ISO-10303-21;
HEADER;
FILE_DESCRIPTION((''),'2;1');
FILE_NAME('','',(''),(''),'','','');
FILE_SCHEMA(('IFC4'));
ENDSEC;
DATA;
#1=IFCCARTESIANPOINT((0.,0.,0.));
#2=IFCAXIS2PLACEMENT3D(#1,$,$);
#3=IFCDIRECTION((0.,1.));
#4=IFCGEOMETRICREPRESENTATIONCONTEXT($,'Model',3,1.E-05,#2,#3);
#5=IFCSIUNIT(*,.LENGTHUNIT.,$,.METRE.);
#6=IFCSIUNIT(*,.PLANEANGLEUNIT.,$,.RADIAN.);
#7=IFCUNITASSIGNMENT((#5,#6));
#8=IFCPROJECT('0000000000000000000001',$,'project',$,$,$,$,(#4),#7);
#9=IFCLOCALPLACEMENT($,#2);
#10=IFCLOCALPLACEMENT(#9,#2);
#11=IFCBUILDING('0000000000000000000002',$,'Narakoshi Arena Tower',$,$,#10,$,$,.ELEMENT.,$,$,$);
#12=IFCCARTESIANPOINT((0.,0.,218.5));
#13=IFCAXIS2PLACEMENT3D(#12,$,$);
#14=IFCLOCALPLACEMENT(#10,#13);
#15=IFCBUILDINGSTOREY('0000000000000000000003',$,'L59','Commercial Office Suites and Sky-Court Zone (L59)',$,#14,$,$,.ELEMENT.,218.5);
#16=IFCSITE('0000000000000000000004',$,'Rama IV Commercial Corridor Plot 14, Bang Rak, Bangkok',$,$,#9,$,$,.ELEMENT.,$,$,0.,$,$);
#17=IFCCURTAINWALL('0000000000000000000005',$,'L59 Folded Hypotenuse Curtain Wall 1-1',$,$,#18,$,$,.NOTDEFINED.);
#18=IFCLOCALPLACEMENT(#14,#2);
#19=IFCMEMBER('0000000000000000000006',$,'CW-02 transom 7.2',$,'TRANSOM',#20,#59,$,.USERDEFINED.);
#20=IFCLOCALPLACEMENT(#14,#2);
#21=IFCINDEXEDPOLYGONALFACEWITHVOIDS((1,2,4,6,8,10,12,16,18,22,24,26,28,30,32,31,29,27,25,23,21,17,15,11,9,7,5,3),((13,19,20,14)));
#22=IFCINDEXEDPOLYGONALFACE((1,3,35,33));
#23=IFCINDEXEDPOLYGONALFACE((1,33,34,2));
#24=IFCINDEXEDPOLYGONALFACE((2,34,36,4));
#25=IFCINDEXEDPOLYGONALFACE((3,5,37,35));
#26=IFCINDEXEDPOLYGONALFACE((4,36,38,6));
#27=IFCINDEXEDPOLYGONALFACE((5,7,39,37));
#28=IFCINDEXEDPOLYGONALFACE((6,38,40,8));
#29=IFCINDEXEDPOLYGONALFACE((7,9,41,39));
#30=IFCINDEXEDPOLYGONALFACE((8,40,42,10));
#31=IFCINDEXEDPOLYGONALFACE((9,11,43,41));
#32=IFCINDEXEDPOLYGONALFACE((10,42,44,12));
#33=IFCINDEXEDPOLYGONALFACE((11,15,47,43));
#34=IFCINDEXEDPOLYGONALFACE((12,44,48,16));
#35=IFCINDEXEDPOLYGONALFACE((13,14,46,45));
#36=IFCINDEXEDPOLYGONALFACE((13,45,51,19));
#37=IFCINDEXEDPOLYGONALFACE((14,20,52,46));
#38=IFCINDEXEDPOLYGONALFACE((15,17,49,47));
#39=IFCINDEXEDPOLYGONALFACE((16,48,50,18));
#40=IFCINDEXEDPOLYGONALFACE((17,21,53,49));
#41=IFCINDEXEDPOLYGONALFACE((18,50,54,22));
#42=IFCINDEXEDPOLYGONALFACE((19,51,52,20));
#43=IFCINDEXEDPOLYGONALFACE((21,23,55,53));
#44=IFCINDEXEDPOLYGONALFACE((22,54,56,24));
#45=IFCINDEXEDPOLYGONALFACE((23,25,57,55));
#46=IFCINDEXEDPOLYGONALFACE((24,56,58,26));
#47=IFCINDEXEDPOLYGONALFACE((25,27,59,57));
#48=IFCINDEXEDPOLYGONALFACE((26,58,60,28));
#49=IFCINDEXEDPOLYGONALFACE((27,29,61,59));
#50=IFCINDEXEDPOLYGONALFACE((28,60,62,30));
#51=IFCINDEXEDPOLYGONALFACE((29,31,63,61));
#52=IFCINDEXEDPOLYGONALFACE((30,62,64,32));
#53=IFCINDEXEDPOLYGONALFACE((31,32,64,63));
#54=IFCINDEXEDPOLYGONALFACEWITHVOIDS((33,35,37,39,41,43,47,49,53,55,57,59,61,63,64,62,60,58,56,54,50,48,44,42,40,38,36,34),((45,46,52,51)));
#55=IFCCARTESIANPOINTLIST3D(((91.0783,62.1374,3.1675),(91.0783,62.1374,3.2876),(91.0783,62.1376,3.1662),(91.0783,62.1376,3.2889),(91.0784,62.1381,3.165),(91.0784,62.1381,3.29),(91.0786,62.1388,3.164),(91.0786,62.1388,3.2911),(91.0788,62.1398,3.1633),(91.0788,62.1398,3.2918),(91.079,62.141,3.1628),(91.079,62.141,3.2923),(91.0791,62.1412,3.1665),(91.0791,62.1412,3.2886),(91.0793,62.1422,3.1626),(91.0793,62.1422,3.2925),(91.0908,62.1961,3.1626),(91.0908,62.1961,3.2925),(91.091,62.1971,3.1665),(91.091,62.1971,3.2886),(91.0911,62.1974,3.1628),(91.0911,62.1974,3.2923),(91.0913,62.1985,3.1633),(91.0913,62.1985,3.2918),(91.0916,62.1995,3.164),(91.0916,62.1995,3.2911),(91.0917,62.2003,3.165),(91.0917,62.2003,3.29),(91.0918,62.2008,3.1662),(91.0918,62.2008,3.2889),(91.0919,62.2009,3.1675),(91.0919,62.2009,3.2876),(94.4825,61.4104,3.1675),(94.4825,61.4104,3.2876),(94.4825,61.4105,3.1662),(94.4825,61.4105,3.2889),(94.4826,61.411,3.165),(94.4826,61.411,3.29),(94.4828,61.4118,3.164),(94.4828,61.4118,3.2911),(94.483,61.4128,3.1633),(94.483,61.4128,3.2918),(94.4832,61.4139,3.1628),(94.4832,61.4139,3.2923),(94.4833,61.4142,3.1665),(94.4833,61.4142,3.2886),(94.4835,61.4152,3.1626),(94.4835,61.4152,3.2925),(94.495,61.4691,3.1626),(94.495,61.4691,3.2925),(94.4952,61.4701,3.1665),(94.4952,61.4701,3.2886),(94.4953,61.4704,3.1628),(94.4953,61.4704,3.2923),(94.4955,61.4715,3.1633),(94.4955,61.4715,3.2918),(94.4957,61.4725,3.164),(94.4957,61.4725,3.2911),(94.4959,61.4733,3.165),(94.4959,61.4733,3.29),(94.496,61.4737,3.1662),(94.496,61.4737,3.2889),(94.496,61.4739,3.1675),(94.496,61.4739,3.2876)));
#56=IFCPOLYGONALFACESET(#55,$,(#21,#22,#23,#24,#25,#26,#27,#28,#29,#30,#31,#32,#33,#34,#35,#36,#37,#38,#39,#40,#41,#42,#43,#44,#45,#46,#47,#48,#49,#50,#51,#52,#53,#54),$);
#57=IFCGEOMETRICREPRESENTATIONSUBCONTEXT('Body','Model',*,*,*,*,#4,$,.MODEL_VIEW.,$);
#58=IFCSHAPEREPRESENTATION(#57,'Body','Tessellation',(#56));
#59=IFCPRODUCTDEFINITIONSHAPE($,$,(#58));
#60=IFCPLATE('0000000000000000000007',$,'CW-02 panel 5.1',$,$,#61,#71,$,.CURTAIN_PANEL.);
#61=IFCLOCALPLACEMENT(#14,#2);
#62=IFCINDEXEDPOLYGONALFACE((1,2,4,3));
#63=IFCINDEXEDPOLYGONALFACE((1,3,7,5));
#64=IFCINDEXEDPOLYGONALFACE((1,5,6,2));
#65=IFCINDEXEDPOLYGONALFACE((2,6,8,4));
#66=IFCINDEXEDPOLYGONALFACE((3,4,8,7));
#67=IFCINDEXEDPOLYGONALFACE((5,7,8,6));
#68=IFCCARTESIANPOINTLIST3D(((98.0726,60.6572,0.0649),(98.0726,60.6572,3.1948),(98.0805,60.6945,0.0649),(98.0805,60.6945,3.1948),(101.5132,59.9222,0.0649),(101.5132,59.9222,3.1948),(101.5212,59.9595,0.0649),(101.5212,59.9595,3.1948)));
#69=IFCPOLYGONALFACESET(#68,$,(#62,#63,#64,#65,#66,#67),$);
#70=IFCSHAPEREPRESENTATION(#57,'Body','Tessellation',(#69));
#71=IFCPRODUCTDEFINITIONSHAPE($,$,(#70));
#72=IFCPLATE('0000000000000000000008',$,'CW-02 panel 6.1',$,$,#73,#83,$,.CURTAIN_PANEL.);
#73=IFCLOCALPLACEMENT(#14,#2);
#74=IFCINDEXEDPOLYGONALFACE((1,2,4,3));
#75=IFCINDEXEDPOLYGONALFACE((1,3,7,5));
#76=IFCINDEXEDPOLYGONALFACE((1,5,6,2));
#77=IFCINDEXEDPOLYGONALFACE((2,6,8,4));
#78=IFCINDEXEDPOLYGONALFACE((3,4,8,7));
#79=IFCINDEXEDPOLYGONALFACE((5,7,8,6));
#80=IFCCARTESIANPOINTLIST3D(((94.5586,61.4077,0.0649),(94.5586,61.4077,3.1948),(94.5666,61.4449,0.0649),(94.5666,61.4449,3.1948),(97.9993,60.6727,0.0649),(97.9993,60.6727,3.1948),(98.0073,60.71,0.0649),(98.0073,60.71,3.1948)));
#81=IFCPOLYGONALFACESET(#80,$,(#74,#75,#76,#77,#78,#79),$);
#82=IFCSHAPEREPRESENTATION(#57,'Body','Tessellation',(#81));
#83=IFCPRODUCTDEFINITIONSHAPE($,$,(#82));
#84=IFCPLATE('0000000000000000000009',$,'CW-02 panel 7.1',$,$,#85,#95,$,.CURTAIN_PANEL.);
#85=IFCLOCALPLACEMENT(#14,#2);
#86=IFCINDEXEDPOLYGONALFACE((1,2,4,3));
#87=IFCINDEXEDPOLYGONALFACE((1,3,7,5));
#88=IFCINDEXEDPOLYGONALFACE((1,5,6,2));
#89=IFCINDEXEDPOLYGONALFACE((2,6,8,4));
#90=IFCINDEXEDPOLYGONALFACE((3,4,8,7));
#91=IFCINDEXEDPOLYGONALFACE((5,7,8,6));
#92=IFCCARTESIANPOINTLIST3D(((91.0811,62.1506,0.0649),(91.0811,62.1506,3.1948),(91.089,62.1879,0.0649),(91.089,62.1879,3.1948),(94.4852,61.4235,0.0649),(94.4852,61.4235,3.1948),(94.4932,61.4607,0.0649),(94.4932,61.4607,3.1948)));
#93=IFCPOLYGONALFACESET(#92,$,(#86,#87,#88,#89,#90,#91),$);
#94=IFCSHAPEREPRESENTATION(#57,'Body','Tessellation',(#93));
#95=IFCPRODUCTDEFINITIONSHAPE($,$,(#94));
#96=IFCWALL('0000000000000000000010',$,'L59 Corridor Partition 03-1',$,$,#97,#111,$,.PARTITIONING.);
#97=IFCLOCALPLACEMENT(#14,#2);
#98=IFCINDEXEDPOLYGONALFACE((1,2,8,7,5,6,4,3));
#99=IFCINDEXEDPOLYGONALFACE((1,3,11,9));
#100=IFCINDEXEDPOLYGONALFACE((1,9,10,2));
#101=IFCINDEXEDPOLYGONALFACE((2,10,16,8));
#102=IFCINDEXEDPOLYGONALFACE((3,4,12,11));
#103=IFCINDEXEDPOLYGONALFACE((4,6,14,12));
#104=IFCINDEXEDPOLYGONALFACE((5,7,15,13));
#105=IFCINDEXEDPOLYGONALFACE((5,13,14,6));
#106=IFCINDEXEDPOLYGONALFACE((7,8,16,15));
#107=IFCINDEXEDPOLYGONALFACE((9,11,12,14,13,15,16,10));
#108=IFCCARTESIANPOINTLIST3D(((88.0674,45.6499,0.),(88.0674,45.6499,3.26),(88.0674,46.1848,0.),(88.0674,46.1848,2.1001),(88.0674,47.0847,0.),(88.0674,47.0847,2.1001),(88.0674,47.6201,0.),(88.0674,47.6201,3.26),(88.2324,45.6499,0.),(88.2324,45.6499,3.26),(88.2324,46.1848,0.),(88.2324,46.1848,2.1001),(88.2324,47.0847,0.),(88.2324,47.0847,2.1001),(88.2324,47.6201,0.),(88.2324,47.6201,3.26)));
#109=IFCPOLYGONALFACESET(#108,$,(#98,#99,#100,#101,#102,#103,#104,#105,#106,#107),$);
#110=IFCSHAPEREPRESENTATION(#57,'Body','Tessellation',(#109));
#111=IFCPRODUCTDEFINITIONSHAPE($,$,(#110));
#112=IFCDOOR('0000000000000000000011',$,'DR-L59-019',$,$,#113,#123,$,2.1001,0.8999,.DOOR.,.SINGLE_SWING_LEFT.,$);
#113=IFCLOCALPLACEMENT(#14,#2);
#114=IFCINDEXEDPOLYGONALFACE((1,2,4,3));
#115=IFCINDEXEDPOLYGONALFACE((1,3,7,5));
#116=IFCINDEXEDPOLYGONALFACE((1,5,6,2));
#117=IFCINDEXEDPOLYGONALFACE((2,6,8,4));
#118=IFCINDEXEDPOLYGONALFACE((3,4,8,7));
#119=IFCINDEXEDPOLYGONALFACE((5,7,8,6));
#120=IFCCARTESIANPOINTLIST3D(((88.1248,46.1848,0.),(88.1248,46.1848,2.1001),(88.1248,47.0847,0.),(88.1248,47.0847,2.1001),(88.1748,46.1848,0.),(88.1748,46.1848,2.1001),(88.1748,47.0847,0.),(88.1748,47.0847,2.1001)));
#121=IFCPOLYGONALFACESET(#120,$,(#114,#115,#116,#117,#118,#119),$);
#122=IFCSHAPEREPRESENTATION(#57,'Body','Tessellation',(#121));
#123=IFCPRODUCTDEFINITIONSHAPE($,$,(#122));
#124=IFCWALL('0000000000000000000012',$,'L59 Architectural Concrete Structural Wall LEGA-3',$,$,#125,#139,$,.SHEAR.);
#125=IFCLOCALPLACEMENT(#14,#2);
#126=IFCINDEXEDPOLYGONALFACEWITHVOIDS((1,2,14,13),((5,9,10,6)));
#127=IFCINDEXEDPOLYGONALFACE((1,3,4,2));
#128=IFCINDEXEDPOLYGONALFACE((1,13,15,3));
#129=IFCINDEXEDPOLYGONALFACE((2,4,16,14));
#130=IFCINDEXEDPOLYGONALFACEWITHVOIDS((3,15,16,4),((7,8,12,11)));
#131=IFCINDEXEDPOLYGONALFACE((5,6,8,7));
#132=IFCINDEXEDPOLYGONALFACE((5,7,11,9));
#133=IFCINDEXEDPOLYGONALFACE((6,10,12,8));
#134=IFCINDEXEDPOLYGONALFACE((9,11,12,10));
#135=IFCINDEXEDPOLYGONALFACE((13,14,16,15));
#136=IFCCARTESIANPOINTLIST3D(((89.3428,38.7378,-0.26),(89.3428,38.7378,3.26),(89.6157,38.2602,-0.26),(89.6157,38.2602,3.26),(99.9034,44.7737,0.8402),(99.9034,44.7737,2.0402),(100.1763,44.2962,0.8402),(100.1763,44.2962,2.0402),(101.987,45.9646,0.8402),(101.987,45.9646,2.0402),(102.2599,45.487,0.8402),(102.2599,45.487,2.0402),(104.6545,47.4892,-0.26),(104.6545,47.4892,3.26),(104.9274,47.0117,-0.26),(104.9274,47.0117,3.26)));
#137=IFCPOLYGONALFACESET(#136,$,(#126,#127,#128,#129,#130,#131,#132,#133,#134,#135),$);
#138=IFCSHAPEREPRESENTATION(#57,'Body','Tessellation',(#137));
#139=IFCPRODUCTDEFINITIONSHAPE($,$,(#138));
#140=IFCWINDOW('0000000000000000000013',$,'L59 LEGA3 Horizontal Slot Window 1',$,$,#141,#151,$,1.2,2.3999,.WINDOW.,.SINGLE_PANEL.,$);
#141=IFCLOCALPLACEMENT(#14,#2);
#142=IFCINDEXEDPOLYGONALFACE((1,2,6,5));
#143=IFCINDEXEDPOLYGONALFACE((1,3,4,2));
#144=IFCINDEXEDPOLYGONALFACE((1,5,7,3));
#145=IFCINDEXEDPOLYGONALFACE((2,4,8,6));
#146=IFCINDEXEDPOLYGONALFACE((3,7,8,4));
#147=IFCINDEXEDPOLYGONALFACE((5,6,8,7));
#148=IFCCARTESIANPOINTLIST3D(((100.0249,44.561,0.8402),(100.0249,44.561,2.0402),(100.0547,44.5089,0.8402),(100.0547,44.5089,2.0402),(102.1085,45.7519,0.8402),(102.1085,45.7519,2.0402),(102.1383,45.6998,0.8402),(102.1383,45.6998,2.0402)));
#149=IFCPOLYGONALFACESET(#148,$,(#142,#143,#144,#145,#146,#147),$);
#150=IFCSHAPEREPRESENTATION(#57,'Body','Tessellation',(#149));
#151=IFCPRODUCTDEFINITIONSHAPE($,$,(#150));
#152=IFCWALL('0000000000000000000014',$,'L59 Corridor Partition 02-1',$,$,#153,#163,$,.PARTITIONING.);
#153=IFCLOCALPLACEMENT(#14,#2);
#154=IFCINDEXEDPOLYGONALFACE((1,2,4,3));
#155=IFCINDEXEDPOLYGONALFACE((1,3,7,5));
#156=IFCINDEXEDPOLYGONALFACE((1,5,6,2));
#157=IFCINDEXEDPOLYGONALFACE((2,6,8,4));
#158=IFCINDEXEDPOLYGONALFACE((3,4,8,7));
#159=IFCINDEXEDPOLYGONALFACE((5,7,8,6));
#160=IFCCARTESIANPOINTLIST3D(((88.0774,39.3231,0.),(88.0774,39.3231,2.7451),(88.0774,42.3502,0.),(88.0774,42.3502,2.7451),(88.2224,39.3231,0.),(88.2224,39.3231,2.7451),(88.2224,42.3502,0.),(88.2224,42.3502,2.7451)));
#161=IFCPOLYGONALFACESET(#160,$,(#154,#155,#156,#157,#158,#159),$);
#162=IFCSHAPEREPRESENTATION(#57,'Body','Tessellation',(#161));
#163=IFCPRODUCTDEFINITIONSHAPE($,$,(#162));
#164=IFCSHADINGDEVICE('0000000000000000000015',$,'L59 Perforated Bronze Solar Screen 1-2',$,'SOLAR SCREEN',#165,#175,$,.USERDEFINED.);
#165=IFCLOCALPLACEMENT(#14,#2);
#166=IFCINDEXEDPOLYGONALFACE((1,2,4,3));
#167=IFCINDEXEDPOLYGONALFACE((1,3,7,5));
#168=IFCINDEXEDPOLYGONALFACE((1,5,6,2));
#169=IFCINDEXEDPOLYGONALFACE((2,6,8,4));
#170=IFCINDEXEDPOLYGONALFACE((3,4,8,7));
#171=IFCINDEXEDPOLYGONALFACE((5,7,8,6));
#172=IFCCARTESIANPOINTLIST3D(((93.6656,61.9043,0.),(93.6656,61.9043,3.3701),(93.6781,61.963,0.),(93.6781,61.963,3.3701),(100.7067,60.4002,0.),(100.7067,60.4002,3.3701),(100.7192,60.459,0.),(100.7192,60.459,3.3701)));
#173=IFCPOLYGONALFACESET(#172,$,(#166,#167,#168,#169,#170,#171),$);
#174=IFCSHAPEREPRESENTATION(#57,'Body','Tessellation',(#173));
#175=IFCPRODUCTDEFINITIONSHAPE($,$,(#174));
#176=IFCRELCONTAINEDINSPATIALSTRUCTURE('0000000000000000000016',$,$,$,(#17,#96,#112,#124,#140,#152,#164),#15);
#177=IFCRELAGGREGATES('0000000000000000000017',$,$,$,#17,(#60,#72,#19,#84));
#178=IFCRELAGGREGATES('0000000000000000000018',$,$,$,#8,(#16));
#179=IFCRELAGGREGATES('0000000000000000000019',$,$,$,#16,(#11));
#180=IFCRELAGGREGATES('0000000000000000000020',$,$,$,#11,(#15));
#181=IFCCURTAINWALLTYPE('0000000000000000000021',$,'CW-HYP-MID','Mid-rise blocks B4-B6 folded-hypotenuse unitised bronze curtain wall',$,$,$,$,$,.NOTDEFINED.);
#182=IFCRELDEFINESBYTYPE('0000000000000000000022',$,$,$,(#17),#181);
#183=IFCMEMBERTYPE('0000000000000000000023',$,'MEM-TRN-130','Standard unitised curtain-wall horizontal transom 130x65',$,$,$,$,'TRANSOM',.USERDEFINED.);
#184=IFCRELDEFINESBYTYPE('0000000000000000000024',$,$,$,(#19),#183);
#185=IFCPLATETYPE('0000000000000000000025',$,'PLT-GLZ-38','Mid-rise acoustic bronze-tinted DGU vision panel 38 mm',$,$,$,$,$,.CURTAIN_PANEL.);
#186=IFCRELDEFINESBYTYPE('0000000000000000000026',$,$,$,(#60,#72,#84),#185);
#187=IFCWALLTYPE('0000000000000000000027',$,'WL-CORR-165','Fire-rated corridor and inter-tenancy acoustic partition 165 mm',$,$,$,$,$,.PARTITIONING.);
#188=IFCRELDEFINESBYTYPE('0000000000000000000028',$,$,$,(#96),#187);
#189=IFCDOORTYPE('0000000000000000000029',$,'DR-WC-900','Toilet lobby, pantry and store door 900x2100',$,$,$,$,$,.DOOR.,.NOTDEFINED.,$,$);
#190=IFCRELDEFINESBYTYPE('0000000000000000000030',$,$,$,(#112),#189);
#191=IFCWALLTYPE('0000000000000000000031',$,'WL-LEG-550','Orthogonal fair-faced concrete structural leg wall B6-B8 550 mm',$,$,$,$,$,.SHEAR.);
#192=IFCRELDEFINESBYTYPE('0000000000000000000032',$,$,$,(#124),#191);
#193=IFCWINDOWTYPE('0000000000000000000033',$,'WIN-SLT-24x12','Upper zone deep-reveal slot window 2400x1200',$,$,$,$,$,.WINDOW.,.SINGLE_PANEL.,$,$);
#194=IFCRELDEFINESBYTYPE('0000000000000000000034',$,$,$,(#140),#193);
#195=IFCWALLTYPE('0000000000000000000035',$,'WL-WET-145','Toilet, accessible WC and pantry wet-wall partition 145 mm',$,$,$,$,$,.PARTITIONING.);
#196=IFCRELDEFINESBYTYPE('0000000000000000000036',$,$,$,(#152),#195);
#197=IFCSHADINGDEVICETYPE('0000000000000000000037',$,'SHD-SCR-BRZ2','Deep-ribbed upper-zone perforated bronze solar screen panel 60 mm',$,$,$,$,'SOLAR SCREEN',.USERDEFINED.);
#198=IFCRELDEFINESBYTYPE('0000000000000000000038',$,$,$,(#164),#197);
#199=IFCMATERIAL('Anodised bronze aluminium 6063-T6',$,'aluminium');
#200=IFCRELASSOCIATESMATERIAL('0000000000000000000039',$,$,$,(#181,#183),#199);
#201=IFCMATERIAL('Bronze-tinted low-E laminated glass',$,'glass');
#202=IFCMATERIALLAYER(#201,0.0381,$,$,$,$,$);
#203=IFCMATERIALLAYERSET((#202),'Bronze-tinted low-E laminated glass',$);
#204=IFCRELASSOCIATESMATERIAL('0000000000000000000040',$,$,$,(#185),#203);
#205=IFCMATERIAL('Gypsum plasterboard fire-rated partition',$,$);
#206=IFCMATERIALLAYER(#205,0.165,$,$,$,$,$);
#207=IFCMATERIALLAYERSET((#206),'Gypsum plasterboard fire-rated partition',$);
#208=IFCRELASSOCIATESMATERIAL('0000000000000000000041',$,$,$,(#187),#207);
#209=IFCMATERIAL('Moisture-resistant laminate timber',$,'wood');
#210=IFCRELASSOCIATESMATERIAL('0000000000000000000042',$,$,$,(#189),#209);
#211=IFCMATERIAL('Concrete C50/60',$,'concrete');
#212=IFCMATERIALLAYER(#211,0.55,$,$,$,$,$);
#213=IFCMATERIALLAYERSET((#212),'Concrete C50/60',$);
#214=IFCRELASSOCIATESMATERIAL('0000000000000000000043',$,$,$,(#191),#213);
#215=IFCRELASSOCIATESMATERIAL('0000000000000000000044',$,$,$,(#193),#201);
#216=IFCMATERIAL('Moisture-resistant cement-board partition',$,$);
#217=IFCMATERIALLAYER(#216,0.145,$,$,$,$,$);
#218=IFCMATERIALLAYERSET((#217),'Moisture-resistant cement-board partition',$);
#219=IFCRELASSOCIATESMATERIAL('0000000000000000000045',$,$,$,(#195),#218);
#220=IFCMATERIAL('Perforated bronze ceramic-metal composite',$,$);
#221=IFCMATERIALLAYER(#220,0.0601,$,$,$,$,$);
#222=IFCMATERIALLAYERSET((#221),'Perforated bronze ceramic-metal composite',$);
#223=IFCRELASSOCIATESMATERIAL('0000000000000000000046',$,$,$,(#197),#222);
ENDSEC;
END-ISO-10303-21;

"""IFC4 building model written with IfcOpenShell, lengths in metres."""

from ifc_helpers import new_model, si_unit, direction, frame, frame_2d, origin, origin_2d, place, context, subcontext, project, spatial, rectangle, hollow_rectangle, extrude, material, layer, layer_set, material_profile, profile_set, type_object, element, fill, aggregate, save


model = new_model("IFC4")

# Units and contexts
model_context = context("Model", 3, precision=1e-05, world=origin(), true_north=direction((0.0, 1.0)))
body_context = subcontext(model_context, "Body", "Model", "MODEL_VIEW")
ifc_project = project(units=[si_unit("LENGTHUNIT", "METRE"), si_unit("PLANEANGLEUNIT", "RADIAN")], contexts=[model_context])

# Site, building, storey
site_placement = place(None, origin())
site = spatial("IfcSite", under=ifc_project, at=site_placement, Name="Rama IV Commercial Corridor Plot 14, Bang Rak, Bangkok", CompositionType="ELEMENT", RefElevation=0.0)
building_placement = place(site_placement, origin())
building = spatial("IfcBuilding", under=site, at=building_placement, Name="Narakoshi Arena Tower", CompositionType="ELEMENT")
storey_placement = place(building_placement, frame((0.0, 0.0, 218.5)))
storey = spatial("IfcBuildingStorey", under=building, at=storey_placement, Name="L59", Description="Commercial Office Suites and Sky-Court Zone (L59)", CompositionType="ELEMENT", Elevation=218.5)

# Shared definitions
ifc_material_1 = material(Name="Concrete C50/60", Category="concrete")

# Curtain wall, member, plates
ifc_material_2 = material(Name="Anodised bronze aluminium 6063-T6", Category="aluminium")
curtain_wall_type = type_object("IfcCurtainWallType", Name="CW-HYP-MID", Description="Mid-rise blocks B4-B6 folded-hypotenuse unitised bronze curtain wall", PredefinedType="NOTDEFINED", material=ifc_material_2)
curtain_wall_placement = place(storey_placement, origin())
curtain_wall = element("IfcCurtainWall", 1, at=curtain_wall_placement, inside=storey, type_object=curtain_wall_type, Name="L59 Folded Hypotenuse Curtain Wall 1-1", PredefinedType="NOTDEFINED")
ifc_material_profile_1 = material_profile(ifc_material_2, hollow_rectangle(XDim=0.0649, YDim=0.1299, WallThickness=0.0039, OuterFilletRadius=0.0049, at=origin_2d()), Name="TRN130x65x4")
ifc_profile_set_1 = profile_set([ifc_material_profile_1], Name="Anodised bronze aluminium 6063-T6")
member_type_1 = type_object("IfcMemberType", Name="MEM-TRN-130", Description="Standard unitised curtain-wall horizontal transom 130x65", ElementType="TRANSOM", PredefinedType="USERDEFINED", material=ifc_profile_set_1)
member_1_placement = place(storey_placement, frame((94.4893, 61.4421, 3.2275), z_axis=(-0.977946, 0.208858, 0.0), x_axis=(-0.208858, -0.977946, 0.0)))
member_1 = element("IfcMember", 2, at=member_1_placement, type_object=member_type_1, Name="CW-02 transom 7.2", ObjectType="TRANSOM", PredefinedType="USERDEFINED", context=body_context, shape_type="SweptSolid", body=[
    extrude(hollow_rectangle(XDim=0.0649, YDim=0.1299, WallThickness=0.0039, OuterFilletRadius=0.0049, at=origin_2d()), origin(), (0.0, 0.0, 1.0), 3.481),
])
ifc_material_3 = material(Name="Bronze-tinted low-E laminated glass", Category="glass")
ifc_layer_1 = layer(ifc_material_3, 0.0381)
ifc_layer_set_1 = layer_set([ifc_layer_1], Name="Bronze-tinted low-E laminated glass")
plate_type = type_object("IfcPlateType", Name="PLT-GLZ-38", Description="Mid-rise acoustic bronze-tinted DGU vision panel 38 mm", PredefinedType="CURTAIN_PANEL", material=ifc_layer_set_1)
plate_1_placement = place(storey_placement, frame((99.7969, 60.3083, 0.0649), z_axis=(0.0, 0.0, 1.0), x_axis=(-0.977937, 0.208899, 0.0)))
plate_1 = element("IfcPlate", 3, at=plate_1_placement, type_object=plate_type, Name="CW-02 panel 5.1", PredefinedType="CURTAIN_PANEL", context=body_context, shape_type="SweptSolid", body=[
    extrude(rectangle(XDim=3.5183, YDim=0.0381, at=origin_2d()), origin(), (0.0, 0.0, 1.0), 3.1299),
])
plate_2_placement = place(storey_placement, frame((96.283, 61.0588, 0.0649), z_axis=(0.0, 0.0, 1.0), x_axis=(-0.977937, 0.208899, 0.0)))
plate_2 = element("IfcPlate", 4, at=plate_2_placement, type_object=plate_type, Name="CW-02 panel 6.1", PredefinedType="CURTAIN_PANEL", context=body_context, shape_type="SweptSolid", body=[
    extrude(rectangle(XDim=3.5183, YDim=0.0381, at=origin_2d()), origin(), (0.0, 0.0, 1.0), 3.1299),
])
plate_3_placement = place(storey_placement, frame((92.7871, 61.8057, 0.0649), z_axis=(0.0, 0.0, 1.0), x_axis=(-0.977937, 0.208899, 0.0)))
plate_3 = element("IfcPlate", 5, at=plate_3_placement, type_object=plate_type, Name="CW-02 panel 7.1", PredefinedType="CURTAIN_PANEL", context=body_context, shape_type="SweptSolid", body=[
    extrude(rectangle(XDim=3.481, YDim=0.0381, at=origin_2d()), origin(), (0.0, 0.0, 1.0), 3.1299),
])
aggregate(curtain_wall, [plate_1, plate_2, member_1, plate_3])

# Wall, opening, door
ifc_material_4 = material(Name="Gypsum plasterboard fire-rated partition")
ifc_layer_2 = layer(ifc_material_4, 0.165)
ifc_layer_set_2 = layer_set([ifc_layer_2], Name="Gypsum plasterboard fire-rated partition")
wall_type_1 = type_object("IfcWallType", Name="WL-CORR-165", Description="Fire-rated corridor and inter-tenancy acoustic partition 165 mm", PredefinedType="PARTITIONING", material=ifc_layer_set_2)
wall_1_placement = place(storey_placement, frame((88.1499, 45.6499, 0.0), z_axis=(0.0, 0.0, 1.0), x_axis=(0.0, 1.0, 0.0)))
wall_1 = element("IfcWall", 6, at=wall_1_placement, inside=storey, type_object=wall_type_1, Name="L59 Corridor Partition 03-1", PredefinedType="PARTITIONING", context=body_context, shape_type="SweptSolid", body=[
    extrude(rectangle(XDim=1.9702, YDim=0.165, at=frame_2d((0.9851, 0.0))), origin(), (0.0, 0.0, 1.0), 3.26),
])
opening_1_placement = place(wall_1_placement, frame((0.5349, 0.0, 0.0)))
opening_1 = element("IfcOpeningElement", 7, at=opening_1_placement, cuts=wall_1, PredefinedType="OPENING", context=body_context, shape_type="SweptSolid", body=[
    extrude(rectangle(XDim=0.8999, YDim=2.1001, at=frame_2d((0.45, 1.05))), frame((0.0, 0.0925, 0.0), z_axis=(0.0, -1.0, 0.0), x_axis=(1.0, 0.0, 0.0)), (0.0, 0.0, 1.0), 0.1851),
])
ifc_material_5 = material(Name="Moisture-resistant laminate timber", Category="wood")
door_type = type_object("IfcDoorType", Name="DR-WC-900", Description="Toilet lobby, pantry and store door 900x2100", OperationType="NOTDEFINED", PredefinedType="DOOR", material=ifc_material_5)
door_placement = place(opening_1_placement, frame((0.8999, 0.0, 0.0), z_axis=(0.0, 0.0, 1.0), x_axis=(-1.0, 0.0, 0.0)))
door = element("IfcDoor", 8, at=door_placement, inside=storey, type_object=door_type, Name="DR-L59-019", OperationType="SINGLE_SWING_LEFT", OverallHeight=2.1001, OverallWidth=0.8999, PredefinedType="DOOR", context=body_context, shape_type="SweptSolid", body=[
    extrude(rectangle(XDim=0.8999, YDim=2.1001, at=frame_2d((0.45, 1.05))), frame((0.0, 0.0249, 0.0), z_axis=(0.0, -1.0, 0.0), x_axis=(1.0, 0.0, 0.0)), (0.0, 0.0, 1.0), 0.05),
])
fill(opening_1, door)

# Wall, opening, window
ifc_layer_3 = layer(ifc_material_1, 0.55)
ifc_layer_set_3 = layer_set([ifc_layer_3], Name="Concrete C50/60")
wall_type_2 = type_object("IfcWallType", Name="WL-LEG-550", Description="Orthogonal fair-faced concrete structural leg wall B6-B8 550 mm", PredefinedType="SHEAR", material=ifc_layer_set_3)
wall_2_placement = place(storey_placement, frame((89.4792, 38.499, -0.26), z_axis=(0.0, 0.0, 1.0), x_axis=(0.868197, 0.496219, 0.0)))
wall_2 = element("IfcWall", 9, at=wall_2_placement, inside=storey, type_object=wall_type_2, Name="L59 Architectural Concrete Structural Wall LEGA-3", PredefinedType="SHEAR", context=body_context, shape_type="SweptSolid", body=[
    extrude(rectangle(XDim=17.6362, YDim=0.55, at=frame_2d((8.8181, 0.0))), origin(), (0.0, 0.0, 1.0), 3.52),
])
opening_2_placement = place(wall_2_placement, frame((12.1638, 0.0, 1.1001)))
opening_2 = element("IfcOpeningElement", 10, at=opening_2_placement, cuts=wall_2, PredefinedType="OPENING", context=body_context, shape_type="SweptSolid", body=[
    extrude(rectangle(XDim=2.3999, YDim=1.2, at=frame_2d((1.2, 0.6001))), frame((0.0, 0.2849, 0.0), z_axis=(0.0, -1.0, 0.0), x_axis=(1.0, 0.0, 0.0)), (0.0, 0.0, 1.0), 0.5701),
])
window_type = type_object("IfcWindowType", Name="WIN-SLT-24x12", Description="Upper zone deep-reveal slot window 2400x1200", PartitioningType="SINGLE_PANEL", PredefinedType="WINDOW", material=ifc_material_3)
window_placement = place(opening_2_placement, origin())
window = element("IfcWindow", 11, at=window_placement, inside=storey, type_object=window_type, Name="L59 LEGA3 Horizontal Slot Window 1", OverallHeight=1.2, OverallWidth=2.3999, PartitioningType="SINGLE_PANEL", PredefinedType="WINDOW", context=body_context, shape_type="SweptSolid", body=[
    extrude(rectangle(XDim=2.3999, YDim=1.2, at=frame_2d((1.2, 0.6001))), frame((0.0, 0.03, 0.0), z_axis=(0.0, -1.0, 0.0), x_axis=(1.0, 0.0, 0.0)), (0.0, 0.0, 1.0), 0.0601),
])
fill(opening_2, window)

# Wall
ifc_material_6 = material(Name="Moisture-resistant cement-board partition")
ifc_layer_4 = layer(ifc_material_6, 0.145)
ifc_layer_set_4 = layer_set([ifc_layer_4], Name="Moisture-resistant cement-board partition")
wall_type_3 = type_object("IfcWallType", Name="WL-WET-145", Description="Toilet, accessible WC and pantry wet-wall partition 145 mm", PredefinedType="PARTITIONING", material=ifc_layer_set_4)
wall_3_placement = place(storey_placement, frame((88.1499, 39.323, 0.0), z_axis=(0.0, 0.0, 1.0), x_axis=(0.0, 1.0, 0.0)))
element("IfcWall", 12, at=wall_3_placement, inside=storey, type_object=wall_type_3, Name="L59 Corridor Partition 02-1", PredefinedType="PARTITIONING", context=body_context, shape_type="SweptSolid", body=[
    extrude(rectangle(XDim=3.0271, YDim=0.145, at=frame_2d((1.5137, 0.0))), origin(), (0.0, 0.0, 1.0), 2.7451),
])

# Shading device
ifc_material_7 = material(Name="Perforated bronze ceramic-metal composite")
ifc_layer_5 = layer(ifc_material_7, 0.0601)
ifc_layer_set_5 = layer_set([ifc_layer_5], Name="Perforated bronze ceramic-metal composite")
shading_device_type = type_object("IfcShadingDeviceType", Name="SHD-SCR-BRZ2", Description="Deep-ribbed upper-zone perforated bronze solar screen panel 60 mm", ElementType="SOLAR SCREEN", PredefinedType="USERDEFINED", material=ifc_layer_set_5)
shading_device_placement = place(storey_placement, frame((97.1924, 61.1816, 0.0), z_axis=(0.0, 0.0, 1.0), x_axis=(-0.977937, 0.208902, 0.0)))
element("IfcShadingDevice", 13, at=shading_device_placement, inside=storey, type_object=shading_device_type, Name="L59 Perforated Bronze Solar Screen 1-2", ObjectType="SOLAR SCREEN", PredefinedType="USERDEFINED", context=body_context, shape_type="SweptSolid", body=[
    extrude(rectangle(XDim=7.2, YDim=0.0601, at=origin_2d()), origin(), (0.0, 0.0, 1.0), 3.3701),
])

save(model, "model.ifc")
